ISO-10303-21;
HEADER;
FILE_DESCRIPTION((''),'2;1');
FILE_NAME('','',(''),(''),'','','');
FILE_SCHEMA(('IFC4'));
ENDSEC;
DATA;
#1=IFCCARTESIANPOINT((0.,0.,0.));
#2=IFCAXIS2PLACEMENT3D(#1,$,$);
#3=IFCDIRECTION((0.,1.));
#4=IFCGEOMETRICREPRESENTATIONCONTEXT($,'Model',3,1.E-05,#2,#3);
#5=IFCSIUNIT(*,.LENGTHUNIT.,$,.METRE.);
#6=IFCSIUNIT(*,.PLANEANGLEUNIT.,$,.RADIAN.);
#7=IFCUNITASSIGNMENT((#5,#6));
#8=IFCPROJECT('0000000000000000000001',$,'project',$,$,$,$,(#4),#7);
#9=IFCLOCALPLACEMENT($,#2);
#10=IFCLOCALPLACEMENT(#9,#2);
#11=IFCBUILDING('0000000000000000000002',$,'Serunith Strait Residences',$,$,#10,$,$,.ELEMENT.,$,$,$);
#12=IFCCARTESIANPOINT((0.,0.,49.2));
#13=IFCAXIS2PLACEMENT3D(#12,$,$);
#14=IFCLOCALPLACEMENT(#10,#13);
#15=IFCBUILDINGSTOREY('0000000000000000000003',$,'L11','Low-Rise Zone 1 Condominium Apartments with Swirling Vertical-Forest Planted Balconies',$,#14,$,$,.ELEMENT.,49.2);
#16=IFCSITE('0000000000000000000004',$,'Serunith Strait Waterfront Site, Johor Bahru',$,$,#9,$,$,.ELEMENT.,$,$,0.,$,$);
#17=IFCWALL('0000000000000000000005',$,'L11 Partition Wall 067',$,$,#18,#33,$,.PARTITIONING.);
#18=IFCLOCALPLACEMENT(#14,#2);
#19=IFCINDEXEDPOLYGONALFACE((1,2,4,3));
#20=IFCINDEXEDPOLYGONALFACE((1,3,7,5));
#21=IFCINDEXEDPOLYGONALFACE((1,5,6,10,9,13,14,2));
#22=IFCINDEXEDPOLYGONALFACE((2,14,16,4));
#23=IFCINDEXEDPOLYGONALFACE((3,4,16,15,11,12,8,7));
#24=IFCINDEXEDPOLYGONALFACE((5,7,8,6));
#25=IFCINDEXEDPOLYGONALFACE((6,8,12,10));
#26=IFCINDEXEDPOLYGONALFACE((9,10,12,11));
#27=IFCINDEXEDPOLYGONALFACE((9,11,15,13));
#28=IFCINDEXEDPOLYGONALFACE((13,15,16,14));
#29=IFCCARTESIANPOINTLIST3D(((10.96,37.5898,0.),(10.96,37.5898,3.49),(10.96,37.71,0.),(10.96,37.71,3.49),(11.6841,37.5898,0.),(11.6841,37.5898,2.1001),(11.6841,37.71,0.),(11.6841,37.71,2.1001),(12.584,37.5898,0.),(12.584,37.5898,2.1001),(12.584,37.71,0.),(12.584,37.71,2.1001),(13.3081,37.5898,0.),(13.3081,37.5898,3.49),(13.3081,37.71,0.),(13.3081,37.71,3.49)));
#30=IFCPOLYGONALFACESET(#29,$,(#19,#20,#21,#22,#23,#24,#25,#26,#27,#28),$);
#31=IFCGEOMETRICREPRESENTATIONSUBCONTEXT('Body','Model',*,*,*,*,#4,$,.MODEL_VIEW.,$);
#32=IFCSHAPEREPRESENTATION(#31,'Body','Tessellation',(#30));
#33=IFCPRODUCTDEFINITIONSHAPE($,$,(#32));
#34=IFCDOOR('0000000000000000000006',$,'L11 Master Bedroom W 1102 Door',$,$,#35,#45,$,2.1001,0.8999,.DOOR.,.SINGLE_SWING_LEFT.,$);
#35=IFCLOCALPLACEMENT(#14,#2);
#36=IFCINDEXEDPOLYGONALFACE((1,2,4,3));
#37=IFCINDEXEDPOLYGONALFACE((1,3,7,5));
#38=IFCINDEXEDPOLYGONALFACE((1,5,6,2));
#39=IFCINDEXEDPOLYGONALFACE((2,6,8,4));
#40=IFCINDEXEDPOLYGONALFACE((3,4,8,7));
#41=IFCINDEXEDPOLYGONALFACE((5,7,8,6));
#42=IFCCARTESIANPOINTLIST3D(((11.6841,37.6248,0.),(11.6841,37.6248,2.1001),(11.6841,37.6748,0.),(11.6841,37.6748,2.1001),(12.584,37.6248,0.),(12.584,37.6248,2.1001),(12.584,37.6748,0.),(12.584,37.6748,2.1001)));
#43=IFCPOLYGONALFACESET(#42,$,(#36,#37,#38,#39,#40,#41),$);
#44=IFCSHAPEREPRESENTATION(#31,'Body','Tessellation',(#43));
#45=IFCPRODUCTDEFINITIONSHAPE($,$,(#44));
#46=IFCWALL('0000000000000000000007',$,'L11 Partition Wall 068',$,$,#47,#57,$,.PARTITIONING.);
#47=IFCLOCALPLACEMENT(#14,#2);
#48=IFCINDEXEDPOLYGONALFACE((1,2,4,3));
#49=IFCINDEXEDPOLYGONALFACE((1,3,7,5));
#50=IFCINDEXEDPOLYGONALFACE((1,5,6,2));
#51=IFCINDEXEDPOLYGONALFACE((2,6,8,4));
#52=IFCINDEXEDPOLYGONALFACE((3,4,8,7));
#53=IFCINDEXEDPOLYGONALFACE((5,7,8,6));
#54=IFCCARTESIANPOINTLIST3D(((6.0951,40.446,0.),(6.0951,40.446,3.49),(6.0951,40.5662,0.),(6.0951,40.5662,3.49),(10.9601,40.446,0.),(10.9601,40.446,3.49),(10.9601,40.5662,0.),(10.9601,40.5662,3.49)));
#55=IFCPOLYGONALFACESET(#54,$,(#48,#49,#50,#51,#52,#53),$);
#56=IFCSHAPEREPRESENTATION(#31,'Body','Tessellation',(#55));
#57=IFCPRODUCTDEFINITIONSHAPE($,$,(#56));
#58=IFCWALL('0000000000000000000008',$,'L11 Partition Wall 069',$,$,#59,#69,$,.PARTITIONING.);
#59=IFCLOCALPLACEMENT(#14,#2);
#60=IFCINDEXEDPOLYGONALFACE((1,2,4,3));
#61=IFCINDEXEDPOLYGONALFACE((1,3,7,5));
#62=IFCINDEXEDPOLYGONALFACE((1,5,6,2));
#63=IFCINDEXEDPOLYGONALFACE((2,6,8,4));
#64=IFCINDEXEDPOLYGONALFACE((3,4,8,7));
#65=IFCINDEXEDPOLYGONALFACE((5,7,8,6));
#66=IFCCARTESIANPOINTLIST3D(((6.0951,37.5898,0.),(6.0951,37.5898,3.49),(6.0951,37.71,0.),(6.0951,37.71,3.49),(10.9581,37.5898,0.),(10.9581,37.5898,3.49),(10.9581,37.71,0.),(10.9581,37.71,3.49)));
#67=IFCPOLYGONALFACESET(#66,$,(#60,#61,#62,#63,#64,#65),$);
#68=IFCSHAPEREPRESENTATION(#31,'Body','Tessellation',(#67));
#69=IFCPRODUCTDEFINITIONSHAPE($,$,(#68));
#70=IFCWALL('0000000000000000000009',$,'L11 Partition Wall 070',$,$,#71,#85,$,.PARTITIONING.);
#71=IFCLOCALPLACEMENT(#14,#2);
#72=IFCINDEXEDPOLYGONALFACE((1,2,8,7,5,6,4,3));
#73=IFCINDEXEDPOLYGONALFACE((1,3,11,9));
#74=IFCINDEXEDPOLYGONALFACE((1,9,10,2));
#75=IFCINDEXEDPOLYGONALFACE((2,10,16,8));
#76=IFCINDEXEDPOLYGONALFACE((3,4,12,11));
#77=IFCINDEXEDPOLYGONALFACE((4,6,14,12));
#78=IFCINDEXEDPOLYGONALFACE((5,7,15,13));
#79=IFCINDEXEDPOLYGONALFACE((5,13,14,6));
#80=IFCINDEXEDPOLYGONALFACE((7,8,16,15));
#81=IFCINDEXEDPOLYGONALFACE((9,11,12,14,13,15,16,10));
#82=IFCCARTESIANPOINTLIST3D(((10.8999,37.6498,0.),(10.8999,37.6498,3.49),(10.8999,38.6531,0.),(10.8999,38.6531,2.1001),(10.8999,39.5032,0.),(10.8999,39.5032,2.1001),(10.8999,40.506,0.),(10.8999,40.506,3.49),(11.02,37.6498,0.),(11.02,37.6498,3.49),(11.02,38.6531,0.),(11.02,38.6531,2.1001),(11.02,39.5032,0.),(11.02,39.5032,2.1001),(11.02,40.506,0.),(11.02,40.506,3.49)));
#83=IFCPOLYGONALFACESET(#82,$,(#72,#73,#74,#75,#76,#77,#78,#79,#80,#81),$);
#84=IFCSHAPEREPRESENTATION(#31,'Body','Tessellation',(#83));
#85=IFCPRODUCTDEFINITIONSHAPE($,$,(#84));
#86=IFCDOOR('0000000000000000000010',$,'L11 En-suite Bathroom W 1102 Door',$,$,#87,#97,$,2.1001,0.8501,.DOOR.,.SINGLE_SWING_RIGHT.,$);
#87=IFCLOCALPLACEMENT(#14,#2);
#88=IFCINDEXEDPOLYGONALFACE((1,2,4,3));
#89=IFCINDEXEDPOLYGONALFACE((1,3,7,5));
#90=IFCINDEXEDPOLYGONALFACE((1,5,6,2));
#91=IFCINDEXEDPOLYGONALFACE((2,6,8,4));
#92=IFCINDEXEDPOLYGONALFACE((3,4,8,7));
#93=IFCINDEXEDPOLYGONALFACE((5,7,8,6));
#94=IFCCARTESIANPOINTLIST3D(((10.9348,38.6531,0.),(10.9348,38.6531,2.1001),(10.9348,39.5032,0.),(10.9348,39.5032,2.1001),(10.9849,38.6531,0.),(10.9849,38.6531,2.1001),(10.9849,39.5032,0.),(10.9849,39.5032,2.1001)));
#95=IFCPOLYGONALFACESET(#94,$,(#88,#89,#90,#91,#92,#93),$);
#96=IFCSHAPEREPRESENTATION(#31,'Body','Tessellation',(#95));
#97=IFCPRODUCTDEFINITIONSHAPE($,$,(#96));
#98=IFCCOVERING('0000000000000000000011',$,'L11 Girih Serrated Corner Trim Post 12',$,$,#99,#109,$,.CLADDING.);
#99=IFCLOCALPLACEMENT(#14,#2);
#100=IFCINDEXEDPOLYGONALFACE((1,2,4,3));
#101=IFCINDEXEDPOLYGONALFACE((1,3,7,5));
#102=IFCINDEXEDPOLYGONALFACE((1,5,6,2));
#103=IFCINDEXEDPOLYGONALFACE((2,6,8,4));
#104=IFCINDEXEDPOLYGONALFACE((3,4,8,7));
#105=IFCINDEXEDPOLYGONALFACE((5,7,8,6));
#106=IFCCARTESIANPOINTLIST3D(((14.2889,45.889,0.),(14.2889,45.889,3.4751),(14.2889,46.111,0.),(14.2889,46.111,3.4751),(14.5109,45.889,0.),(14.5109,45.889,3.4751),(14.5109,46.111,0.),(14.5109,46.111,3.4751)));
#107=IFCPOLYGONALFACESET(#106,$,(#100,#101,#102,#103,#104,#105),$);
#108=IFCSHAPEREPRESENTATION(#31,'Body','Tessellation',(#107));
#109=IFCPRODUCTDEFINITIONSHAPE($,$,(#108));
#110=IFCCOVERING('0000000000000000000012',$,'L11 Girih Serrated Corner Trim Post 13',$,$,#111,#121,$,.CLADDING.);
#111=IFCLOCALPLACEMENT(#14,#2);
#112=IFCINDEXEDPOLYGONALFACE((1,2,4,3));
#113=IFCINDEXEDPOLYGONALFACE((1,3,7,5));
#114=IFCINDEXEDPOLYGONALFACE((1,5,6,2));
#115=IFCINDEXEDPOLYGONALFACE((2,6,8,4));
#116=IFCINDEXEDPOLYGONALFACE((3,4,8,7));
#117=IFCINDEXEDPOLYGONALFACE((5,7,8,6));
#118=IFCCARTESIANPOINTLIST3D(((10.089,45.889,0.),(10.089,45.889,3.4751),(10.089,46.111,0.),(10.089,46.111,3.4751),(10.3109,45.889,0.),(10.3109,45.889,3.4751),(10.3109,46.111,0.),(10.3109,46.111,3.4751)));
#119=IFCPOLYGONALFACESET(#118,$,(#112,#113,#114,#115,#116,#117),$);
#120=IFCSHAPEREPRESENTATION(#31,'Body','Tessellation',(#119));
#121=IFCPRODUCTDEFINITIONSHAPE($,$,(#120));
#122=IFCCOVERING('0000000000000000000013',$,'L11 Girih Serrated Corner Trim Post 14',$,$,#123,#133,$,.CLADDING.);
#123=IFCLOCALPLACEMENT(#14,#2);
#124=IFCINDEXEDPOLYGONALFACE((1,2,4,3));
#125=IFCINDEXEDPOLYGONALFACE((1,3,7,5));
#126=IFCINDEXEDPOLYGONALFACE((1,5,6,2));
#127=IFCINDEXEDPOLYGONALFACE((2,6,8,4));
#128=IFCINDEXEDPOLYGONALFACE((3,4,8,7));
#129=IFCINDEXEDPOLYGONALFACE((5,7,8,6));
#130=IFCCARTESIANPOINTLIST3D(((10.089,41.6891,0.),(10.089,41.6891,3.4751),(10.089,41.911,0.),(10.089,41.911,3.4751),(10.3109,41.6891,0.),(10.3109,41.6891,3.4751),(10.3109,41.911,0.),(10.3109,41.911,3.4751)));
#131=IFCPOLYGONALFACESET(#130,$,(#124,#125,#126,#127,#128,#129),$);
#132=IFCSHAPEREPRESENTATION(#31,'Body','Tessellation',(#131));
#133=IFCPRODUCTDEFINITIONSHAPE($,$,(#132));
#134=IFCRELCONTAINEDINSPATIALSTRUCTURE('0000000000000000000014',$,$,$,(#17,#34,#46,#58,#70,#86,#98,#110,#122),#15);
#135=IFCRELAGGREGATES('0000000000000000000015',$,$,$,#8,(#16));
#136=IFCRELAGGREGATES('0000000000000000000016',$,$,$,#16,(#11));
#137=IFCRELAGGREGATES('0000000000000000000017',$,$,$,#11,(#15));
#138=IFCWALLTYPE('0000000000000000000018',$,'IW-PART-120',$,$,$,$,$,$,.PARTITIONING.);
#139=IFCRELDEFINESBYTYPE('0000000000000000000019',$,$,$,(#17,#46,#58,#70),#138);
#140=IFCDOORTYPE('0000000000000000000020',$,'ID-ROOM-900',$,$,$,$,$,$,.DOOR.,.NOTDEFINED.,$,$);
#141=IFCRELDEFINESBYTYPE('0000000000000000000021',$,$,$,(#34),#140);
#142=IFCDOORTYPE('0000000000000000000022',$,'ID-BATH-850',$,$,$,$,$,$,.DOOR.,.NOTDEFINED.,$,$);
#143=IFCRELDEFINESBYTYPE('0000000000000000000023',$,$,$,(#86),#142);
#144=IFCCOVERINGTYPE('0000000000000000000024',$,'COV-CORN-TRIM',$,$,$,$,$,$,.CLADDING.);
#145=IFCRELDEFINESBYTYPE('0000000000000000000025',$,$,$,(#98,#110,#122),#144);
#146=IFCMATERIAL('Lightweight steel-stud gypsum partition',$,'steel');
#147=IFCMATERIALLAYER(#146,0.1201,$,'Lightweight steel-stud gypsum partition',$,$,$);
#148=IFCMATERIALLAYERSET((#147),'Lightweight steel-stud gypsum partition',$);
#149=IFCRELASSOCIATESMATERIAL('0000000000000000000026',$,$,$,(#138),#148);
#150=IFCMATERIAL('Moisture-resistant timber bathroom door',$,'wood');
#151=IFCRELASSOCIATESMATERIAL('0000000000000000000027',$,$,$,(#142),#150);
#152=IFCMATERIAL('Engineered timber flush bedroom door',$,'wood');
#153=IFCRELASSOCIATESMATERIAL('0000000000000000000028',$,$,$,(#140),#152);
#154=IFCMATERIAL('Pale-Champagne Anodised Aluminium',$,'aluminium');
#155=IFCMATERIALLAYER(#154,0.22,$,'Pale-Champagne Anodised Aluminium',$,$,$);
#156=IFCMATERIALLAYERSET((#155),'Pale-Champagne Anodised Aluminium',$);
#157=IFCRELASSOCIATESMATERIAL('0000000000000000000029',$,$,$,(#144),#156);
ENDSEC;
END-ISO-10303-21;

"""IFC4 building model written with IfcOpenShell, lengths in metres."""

from ifc_helpers import new_model, si_unit, direction, frame, frame_2d, origin, origin_2d, place, context, subcontext, project, spatial, rectangle, extrude, source, transform, mapped, material, layer, layer_set, type_object, element, fill, save


model = new_model("IFC4")

# Units and contexts
model_context = context("Model", 3, precision=1e-05, world=origin(), true_north=direction((0.0, 1.0)))
body_context = subcontext(model_context, "Body", "Model", "MODEL_VIEW")
ifc_project = project(units=[si_unit("LENGTHUNIT", "METRE"), si_unit("PLANEANGLEUNIT", "RADIAN")], contexts=[model_context])

# Site, building, storey
site_placement = place(None, origin())
site = spatial("IfcSite", under=ifc_project, at=site_placement, Name="Serunith Strait Waterfront Site, Johor Bahru", CompositionType="ELEMENT", RefElevation=0.0)
building_placement = place(site_placement, origin())
building = spatial("IfcBuilding", under=site, at=building_placement, Name="Serunith Strait Residences", CompositionType="ELEMENT")
storey_placement = place(building_placement, frame((0.0, 0.0, 49.2)))
storey = spatial("IfcBuildingStorey", under=building, at=storey_placement, Name="L11", Description="Low-Rise Zone 1 Condominium Apartments with Swirling Vertical-Forest Planted Balconies", CompositionType="ELEMENT", Elevation=49.2)

# Shared definitions
ifc_material_1 = material(Name="Pale-Champagne Anodised Aluminium", Category="aluminium")

# Shared definitions
ifc_material_2 = material(Name="Lightweight steel-stud gypsum partition", Category="steel")
ifc_layer_1 = layer(ifc_material_2, 0.1201, Name="Lightweight steel-stud gypsum partition")
ifc_layer_set_1 = layer_set([ifc_layer_1], Name="Lightweight steel-stud gypsum partition")
wall_type_1 = type_object("IfcWallType", Name="IW-PART-120", PredefinedType="PARTITIONING", material=ifc_layer_set_1)

# Wall, opening, door
ifc_material_3 = material(Name="Moisture-resistant timber bathroom door", Category="wood")
door_type_1 = type_object("IfcDoorType", Name="ID-BATH-850", OperationType="NOTDEFINED", PredefinedType="DOOR", material=ifc_material_3)
shared_shape_1 = source(origin(), body_context, "Body", "SweptSolid", [
    extrude(rectangle(XDim=0.8501, YDim=2.1001, at=frame_2d((0.425, 1.05))), frame((0.0, 0.0249, 0.0), z_axis=(0.0, -1.0, 0.0), x_axis=(1.0, 0.0, 0.0)), (0.0, 0.0, 1.0), 0.05),
])
wall_1_placement = place(storey_placement, frame((10.96, 37.6499, 0.0), z_axis=(0.0, 0.0, 1.0), x_axis=(1.0, 0.0, 0.0)))
wall_1 = element("IfcWall", 1, at=wall_1_placement, inside=storey, type_object=wall_type_1, Name="L11 Partition Wall 067", PredefinedType="PARTITIONING", context=body_context, shape_type="SweptSolid", body=[
    extrude(rectangle(XDim=2.3481, YDim=0.1201, at=frame_2d((1.1741, 0.0))), origin(), (0.0, 0.0, 1.0), 3.49),
])
opening_1_placement = place(wall_1_placement, frame((0.7241, 0.0, 0.0)))
opening_1 = element("IfcOpeningElement", 2, at=opening_1_placement, cuts=wall_1, PredefinedType="OPENING", context=body_context, shape_type="SweptSolid", body=[
    extrude(rectangle(XDim=0.8999, YDim=2.1001, at=frame_2d((0.45, 1.05))), frame((0.0, 0.0701, 0.0), z_axis=(0.0, -1.0, 0.0), x_axis=(1.0, 0.0, 0.0)), (0.0, 0.0, 1.0), 0.1401),
])
ifc_material_4 = material(Name="Engineered timber flush bedroom door", Category="wood")
door_type_2 = type_object("IfcDoorType", Name="ID-ROOM-900", OperationType="NOTDEFINED", PredefinedType="DOOR", material=ifc_material_4)
shared_shape_2 = source(origin(), body_context, "Body", "SweptSolid", [
    extrude(rectangle(XDim=0.8999, YDim=2.1001, at=frame_2d((0.45, 1.05))), frame((0.0, 0.0249, 0.0), z_axis=(0.0, -1.0, 0.0), x_axis=(1.0, 0.0, 0.0)), (0.0, 0.0, 1.0), 0.05),
])
door_1_placement = place(opening_1_placement, origin())
door_1 = element("IfcDoor", 3, at=door_1_placement, inside=storey, type_object=door_type_2, Name="L11 Master Bedroom W 1102 Door", OperationType="SINGLE_SWING_LEFT", OverallHeight=2.1001, OverallWidth=0.8999, PredefinedType="DOOR", context=body_context, shape_type="MappedRepresentation", body=[
    mapped(shared_shape_2, transform((0.0, 0.0, 0.0), scale=1.0)),
])
fill(opening_1, door_1)

# Walls
wall_2_placement = place(storey_placement, frame((6.095, 40.5061, 0.0), z_axis=(0.0, 0.0, 1.0), x_axis=(1.0, 0.0, 0.0)))
element("IfcWall", 4, at=wall_2_placement, inside=storey, type_object=wall_type_1, Name="L11 Partition Wall 068", PredefinedType="PARTITIONING", context=body_context, shape_type="SweptSolid", body=[
    extrude(rectangle(XDim=4.865, YDim=0.1201, at=frame_2d((2.4326, 0.0))), origin(), (0.0, 0.0, 1.0), 3.49),
])
wall_3_placement = place(storey_placement, frame((6.095, 37.6499, 0.0), z_axis=(0.0, 0.0, 1.0), x_axis=(1.0, 0.0, 0.0)))
element("IfcWall", 5, at=wall_3_placement, inside=storey, type_object=wall_type_1, Name="L11 Partition Wall 069", PredefinedType="PARTITIONING", context=body_context, shape_type="SweptSolid", body=[
    extrude(rectangle(XDim=4.863, YDim=0.1201, at=frame_2d((2.4316, 0.0))), origin(), (0.0, 0.0, 1.0), 3.49),
])

# Wall, opening, door
wall_4_placement = place(storey_placement, frame((10.96, 40.5061, 0.0), z_axis=(0.0, 0.0, 1.0), x_axis=(0.0, -1.0, 0.0)))
wall_4 = element("IfcWall", 6, at=wall_4_placement, inside=storey, type_object=wall_type_1, Name="L11 Partition Wall 070", PredefinedType="PARTITIONING", context=body_context, shape_type="SweptSolid", body=[
    extrude(rectangle(XDim=2.8562, YDim=0.1201, at=frame_2d((1.4282, 0.0))), origin(), (0.0, 0.0, 1.0), 3.49),
])
opening_2_placement = place(wall_4_placement, frame((1.0029, 0.0, 0.0)))
opening_2 = element("IfcOpeningElement", 7, at=opening_2_placement, cuts=wall_4, PredefinedType="OPENING", context=body_context, shape_type="SweptSolid", body=[
    extrude(rectangle(XDim=0.8501, YDim=2.1001, at=frame_2d((0.425, 1.05))), frame((0.0, 0.0701, 0.0), z_axis=(0.0, -1.0, 0.0), x_axis=(1.0, 0.0, 0.0)), (0.0, 0.0, 1.0), 0.1401),
])
door_2_placement = place(opening_2_placement, origin())
door_2 = element("IfcDoor", 8, at=door_2_placement, inside=storey, type_object=door_type_1, Name="L11 En-suite Bathroom W 1102 Door", OperationType="SINGLE_SWING_RIGHT", OverallHeight=2.1001, OverallWidth=0.8501, PredefinedType="DOOR", context=body_context, shape_type="MappedRepresentation", body=[
    mapped(shared_shape_1, transform((0.0, 0.0, 0.0), scale=1.0)),
])
fill(opening_2, door_2)

# Coverings
ifc_layer_2 = layer(ifc_material_1, 0.22, Name="Pale-Champagne Anodised Aluminium")
ifc_layer_set_2 = layer_set([ifc_layer_2], Name="Pale-Champagne Anodised Aluminium")
covering_type = type_object("IfcCoveringType", Name="COV-CORN-TRIM", PredefinedType="CLADDING", material=ifc_layer_set_2)
shared_shape_3 = source(origin(), body_context, "Body", "SweptSolid", [
    extrude(rectangle(XDim=0.2219, YDim=0.2219, at=origin_2d()), origin(), (0.0, 0.0, 1.0), 3.4751),
])
for number, where, z_axis, x_axis, name in (
    (9, (14.3999, 46.0, 0.0), (0.0, 0.0, 1.0), (1.0, 0.0, 0.0), "L11 Girih Serrated Corner Trim Post 12"),
    (10, (10.2, 46.0, 0.0), (0.0, 0.0, 1.0), (1.0, 0.0, 0.0), "L11 Girih Serrated Corner Trim Post 13"),
    (11, (10.2, 41.8, 0.0), (0.0, 0.0, 1.0), (1.0, 0.0, 0.0), "L11 Girih Serrated Corner Trim Post 14"),
):
    element("IfcCovering", number, at=place(storey_placement, frame(where, z_axis=z_axis, x_axis=x_axis)), inside=storey, type_object=covering_type, Name=name, PredefinedType="CLADDING", context=body_context, shape_type="MappedRepresentation", body=[
        mapped(shared_shape_3, transform((0.0, 0.0, 0.0), scale=1.0)),
    ])

save(model, "model.ifc")
